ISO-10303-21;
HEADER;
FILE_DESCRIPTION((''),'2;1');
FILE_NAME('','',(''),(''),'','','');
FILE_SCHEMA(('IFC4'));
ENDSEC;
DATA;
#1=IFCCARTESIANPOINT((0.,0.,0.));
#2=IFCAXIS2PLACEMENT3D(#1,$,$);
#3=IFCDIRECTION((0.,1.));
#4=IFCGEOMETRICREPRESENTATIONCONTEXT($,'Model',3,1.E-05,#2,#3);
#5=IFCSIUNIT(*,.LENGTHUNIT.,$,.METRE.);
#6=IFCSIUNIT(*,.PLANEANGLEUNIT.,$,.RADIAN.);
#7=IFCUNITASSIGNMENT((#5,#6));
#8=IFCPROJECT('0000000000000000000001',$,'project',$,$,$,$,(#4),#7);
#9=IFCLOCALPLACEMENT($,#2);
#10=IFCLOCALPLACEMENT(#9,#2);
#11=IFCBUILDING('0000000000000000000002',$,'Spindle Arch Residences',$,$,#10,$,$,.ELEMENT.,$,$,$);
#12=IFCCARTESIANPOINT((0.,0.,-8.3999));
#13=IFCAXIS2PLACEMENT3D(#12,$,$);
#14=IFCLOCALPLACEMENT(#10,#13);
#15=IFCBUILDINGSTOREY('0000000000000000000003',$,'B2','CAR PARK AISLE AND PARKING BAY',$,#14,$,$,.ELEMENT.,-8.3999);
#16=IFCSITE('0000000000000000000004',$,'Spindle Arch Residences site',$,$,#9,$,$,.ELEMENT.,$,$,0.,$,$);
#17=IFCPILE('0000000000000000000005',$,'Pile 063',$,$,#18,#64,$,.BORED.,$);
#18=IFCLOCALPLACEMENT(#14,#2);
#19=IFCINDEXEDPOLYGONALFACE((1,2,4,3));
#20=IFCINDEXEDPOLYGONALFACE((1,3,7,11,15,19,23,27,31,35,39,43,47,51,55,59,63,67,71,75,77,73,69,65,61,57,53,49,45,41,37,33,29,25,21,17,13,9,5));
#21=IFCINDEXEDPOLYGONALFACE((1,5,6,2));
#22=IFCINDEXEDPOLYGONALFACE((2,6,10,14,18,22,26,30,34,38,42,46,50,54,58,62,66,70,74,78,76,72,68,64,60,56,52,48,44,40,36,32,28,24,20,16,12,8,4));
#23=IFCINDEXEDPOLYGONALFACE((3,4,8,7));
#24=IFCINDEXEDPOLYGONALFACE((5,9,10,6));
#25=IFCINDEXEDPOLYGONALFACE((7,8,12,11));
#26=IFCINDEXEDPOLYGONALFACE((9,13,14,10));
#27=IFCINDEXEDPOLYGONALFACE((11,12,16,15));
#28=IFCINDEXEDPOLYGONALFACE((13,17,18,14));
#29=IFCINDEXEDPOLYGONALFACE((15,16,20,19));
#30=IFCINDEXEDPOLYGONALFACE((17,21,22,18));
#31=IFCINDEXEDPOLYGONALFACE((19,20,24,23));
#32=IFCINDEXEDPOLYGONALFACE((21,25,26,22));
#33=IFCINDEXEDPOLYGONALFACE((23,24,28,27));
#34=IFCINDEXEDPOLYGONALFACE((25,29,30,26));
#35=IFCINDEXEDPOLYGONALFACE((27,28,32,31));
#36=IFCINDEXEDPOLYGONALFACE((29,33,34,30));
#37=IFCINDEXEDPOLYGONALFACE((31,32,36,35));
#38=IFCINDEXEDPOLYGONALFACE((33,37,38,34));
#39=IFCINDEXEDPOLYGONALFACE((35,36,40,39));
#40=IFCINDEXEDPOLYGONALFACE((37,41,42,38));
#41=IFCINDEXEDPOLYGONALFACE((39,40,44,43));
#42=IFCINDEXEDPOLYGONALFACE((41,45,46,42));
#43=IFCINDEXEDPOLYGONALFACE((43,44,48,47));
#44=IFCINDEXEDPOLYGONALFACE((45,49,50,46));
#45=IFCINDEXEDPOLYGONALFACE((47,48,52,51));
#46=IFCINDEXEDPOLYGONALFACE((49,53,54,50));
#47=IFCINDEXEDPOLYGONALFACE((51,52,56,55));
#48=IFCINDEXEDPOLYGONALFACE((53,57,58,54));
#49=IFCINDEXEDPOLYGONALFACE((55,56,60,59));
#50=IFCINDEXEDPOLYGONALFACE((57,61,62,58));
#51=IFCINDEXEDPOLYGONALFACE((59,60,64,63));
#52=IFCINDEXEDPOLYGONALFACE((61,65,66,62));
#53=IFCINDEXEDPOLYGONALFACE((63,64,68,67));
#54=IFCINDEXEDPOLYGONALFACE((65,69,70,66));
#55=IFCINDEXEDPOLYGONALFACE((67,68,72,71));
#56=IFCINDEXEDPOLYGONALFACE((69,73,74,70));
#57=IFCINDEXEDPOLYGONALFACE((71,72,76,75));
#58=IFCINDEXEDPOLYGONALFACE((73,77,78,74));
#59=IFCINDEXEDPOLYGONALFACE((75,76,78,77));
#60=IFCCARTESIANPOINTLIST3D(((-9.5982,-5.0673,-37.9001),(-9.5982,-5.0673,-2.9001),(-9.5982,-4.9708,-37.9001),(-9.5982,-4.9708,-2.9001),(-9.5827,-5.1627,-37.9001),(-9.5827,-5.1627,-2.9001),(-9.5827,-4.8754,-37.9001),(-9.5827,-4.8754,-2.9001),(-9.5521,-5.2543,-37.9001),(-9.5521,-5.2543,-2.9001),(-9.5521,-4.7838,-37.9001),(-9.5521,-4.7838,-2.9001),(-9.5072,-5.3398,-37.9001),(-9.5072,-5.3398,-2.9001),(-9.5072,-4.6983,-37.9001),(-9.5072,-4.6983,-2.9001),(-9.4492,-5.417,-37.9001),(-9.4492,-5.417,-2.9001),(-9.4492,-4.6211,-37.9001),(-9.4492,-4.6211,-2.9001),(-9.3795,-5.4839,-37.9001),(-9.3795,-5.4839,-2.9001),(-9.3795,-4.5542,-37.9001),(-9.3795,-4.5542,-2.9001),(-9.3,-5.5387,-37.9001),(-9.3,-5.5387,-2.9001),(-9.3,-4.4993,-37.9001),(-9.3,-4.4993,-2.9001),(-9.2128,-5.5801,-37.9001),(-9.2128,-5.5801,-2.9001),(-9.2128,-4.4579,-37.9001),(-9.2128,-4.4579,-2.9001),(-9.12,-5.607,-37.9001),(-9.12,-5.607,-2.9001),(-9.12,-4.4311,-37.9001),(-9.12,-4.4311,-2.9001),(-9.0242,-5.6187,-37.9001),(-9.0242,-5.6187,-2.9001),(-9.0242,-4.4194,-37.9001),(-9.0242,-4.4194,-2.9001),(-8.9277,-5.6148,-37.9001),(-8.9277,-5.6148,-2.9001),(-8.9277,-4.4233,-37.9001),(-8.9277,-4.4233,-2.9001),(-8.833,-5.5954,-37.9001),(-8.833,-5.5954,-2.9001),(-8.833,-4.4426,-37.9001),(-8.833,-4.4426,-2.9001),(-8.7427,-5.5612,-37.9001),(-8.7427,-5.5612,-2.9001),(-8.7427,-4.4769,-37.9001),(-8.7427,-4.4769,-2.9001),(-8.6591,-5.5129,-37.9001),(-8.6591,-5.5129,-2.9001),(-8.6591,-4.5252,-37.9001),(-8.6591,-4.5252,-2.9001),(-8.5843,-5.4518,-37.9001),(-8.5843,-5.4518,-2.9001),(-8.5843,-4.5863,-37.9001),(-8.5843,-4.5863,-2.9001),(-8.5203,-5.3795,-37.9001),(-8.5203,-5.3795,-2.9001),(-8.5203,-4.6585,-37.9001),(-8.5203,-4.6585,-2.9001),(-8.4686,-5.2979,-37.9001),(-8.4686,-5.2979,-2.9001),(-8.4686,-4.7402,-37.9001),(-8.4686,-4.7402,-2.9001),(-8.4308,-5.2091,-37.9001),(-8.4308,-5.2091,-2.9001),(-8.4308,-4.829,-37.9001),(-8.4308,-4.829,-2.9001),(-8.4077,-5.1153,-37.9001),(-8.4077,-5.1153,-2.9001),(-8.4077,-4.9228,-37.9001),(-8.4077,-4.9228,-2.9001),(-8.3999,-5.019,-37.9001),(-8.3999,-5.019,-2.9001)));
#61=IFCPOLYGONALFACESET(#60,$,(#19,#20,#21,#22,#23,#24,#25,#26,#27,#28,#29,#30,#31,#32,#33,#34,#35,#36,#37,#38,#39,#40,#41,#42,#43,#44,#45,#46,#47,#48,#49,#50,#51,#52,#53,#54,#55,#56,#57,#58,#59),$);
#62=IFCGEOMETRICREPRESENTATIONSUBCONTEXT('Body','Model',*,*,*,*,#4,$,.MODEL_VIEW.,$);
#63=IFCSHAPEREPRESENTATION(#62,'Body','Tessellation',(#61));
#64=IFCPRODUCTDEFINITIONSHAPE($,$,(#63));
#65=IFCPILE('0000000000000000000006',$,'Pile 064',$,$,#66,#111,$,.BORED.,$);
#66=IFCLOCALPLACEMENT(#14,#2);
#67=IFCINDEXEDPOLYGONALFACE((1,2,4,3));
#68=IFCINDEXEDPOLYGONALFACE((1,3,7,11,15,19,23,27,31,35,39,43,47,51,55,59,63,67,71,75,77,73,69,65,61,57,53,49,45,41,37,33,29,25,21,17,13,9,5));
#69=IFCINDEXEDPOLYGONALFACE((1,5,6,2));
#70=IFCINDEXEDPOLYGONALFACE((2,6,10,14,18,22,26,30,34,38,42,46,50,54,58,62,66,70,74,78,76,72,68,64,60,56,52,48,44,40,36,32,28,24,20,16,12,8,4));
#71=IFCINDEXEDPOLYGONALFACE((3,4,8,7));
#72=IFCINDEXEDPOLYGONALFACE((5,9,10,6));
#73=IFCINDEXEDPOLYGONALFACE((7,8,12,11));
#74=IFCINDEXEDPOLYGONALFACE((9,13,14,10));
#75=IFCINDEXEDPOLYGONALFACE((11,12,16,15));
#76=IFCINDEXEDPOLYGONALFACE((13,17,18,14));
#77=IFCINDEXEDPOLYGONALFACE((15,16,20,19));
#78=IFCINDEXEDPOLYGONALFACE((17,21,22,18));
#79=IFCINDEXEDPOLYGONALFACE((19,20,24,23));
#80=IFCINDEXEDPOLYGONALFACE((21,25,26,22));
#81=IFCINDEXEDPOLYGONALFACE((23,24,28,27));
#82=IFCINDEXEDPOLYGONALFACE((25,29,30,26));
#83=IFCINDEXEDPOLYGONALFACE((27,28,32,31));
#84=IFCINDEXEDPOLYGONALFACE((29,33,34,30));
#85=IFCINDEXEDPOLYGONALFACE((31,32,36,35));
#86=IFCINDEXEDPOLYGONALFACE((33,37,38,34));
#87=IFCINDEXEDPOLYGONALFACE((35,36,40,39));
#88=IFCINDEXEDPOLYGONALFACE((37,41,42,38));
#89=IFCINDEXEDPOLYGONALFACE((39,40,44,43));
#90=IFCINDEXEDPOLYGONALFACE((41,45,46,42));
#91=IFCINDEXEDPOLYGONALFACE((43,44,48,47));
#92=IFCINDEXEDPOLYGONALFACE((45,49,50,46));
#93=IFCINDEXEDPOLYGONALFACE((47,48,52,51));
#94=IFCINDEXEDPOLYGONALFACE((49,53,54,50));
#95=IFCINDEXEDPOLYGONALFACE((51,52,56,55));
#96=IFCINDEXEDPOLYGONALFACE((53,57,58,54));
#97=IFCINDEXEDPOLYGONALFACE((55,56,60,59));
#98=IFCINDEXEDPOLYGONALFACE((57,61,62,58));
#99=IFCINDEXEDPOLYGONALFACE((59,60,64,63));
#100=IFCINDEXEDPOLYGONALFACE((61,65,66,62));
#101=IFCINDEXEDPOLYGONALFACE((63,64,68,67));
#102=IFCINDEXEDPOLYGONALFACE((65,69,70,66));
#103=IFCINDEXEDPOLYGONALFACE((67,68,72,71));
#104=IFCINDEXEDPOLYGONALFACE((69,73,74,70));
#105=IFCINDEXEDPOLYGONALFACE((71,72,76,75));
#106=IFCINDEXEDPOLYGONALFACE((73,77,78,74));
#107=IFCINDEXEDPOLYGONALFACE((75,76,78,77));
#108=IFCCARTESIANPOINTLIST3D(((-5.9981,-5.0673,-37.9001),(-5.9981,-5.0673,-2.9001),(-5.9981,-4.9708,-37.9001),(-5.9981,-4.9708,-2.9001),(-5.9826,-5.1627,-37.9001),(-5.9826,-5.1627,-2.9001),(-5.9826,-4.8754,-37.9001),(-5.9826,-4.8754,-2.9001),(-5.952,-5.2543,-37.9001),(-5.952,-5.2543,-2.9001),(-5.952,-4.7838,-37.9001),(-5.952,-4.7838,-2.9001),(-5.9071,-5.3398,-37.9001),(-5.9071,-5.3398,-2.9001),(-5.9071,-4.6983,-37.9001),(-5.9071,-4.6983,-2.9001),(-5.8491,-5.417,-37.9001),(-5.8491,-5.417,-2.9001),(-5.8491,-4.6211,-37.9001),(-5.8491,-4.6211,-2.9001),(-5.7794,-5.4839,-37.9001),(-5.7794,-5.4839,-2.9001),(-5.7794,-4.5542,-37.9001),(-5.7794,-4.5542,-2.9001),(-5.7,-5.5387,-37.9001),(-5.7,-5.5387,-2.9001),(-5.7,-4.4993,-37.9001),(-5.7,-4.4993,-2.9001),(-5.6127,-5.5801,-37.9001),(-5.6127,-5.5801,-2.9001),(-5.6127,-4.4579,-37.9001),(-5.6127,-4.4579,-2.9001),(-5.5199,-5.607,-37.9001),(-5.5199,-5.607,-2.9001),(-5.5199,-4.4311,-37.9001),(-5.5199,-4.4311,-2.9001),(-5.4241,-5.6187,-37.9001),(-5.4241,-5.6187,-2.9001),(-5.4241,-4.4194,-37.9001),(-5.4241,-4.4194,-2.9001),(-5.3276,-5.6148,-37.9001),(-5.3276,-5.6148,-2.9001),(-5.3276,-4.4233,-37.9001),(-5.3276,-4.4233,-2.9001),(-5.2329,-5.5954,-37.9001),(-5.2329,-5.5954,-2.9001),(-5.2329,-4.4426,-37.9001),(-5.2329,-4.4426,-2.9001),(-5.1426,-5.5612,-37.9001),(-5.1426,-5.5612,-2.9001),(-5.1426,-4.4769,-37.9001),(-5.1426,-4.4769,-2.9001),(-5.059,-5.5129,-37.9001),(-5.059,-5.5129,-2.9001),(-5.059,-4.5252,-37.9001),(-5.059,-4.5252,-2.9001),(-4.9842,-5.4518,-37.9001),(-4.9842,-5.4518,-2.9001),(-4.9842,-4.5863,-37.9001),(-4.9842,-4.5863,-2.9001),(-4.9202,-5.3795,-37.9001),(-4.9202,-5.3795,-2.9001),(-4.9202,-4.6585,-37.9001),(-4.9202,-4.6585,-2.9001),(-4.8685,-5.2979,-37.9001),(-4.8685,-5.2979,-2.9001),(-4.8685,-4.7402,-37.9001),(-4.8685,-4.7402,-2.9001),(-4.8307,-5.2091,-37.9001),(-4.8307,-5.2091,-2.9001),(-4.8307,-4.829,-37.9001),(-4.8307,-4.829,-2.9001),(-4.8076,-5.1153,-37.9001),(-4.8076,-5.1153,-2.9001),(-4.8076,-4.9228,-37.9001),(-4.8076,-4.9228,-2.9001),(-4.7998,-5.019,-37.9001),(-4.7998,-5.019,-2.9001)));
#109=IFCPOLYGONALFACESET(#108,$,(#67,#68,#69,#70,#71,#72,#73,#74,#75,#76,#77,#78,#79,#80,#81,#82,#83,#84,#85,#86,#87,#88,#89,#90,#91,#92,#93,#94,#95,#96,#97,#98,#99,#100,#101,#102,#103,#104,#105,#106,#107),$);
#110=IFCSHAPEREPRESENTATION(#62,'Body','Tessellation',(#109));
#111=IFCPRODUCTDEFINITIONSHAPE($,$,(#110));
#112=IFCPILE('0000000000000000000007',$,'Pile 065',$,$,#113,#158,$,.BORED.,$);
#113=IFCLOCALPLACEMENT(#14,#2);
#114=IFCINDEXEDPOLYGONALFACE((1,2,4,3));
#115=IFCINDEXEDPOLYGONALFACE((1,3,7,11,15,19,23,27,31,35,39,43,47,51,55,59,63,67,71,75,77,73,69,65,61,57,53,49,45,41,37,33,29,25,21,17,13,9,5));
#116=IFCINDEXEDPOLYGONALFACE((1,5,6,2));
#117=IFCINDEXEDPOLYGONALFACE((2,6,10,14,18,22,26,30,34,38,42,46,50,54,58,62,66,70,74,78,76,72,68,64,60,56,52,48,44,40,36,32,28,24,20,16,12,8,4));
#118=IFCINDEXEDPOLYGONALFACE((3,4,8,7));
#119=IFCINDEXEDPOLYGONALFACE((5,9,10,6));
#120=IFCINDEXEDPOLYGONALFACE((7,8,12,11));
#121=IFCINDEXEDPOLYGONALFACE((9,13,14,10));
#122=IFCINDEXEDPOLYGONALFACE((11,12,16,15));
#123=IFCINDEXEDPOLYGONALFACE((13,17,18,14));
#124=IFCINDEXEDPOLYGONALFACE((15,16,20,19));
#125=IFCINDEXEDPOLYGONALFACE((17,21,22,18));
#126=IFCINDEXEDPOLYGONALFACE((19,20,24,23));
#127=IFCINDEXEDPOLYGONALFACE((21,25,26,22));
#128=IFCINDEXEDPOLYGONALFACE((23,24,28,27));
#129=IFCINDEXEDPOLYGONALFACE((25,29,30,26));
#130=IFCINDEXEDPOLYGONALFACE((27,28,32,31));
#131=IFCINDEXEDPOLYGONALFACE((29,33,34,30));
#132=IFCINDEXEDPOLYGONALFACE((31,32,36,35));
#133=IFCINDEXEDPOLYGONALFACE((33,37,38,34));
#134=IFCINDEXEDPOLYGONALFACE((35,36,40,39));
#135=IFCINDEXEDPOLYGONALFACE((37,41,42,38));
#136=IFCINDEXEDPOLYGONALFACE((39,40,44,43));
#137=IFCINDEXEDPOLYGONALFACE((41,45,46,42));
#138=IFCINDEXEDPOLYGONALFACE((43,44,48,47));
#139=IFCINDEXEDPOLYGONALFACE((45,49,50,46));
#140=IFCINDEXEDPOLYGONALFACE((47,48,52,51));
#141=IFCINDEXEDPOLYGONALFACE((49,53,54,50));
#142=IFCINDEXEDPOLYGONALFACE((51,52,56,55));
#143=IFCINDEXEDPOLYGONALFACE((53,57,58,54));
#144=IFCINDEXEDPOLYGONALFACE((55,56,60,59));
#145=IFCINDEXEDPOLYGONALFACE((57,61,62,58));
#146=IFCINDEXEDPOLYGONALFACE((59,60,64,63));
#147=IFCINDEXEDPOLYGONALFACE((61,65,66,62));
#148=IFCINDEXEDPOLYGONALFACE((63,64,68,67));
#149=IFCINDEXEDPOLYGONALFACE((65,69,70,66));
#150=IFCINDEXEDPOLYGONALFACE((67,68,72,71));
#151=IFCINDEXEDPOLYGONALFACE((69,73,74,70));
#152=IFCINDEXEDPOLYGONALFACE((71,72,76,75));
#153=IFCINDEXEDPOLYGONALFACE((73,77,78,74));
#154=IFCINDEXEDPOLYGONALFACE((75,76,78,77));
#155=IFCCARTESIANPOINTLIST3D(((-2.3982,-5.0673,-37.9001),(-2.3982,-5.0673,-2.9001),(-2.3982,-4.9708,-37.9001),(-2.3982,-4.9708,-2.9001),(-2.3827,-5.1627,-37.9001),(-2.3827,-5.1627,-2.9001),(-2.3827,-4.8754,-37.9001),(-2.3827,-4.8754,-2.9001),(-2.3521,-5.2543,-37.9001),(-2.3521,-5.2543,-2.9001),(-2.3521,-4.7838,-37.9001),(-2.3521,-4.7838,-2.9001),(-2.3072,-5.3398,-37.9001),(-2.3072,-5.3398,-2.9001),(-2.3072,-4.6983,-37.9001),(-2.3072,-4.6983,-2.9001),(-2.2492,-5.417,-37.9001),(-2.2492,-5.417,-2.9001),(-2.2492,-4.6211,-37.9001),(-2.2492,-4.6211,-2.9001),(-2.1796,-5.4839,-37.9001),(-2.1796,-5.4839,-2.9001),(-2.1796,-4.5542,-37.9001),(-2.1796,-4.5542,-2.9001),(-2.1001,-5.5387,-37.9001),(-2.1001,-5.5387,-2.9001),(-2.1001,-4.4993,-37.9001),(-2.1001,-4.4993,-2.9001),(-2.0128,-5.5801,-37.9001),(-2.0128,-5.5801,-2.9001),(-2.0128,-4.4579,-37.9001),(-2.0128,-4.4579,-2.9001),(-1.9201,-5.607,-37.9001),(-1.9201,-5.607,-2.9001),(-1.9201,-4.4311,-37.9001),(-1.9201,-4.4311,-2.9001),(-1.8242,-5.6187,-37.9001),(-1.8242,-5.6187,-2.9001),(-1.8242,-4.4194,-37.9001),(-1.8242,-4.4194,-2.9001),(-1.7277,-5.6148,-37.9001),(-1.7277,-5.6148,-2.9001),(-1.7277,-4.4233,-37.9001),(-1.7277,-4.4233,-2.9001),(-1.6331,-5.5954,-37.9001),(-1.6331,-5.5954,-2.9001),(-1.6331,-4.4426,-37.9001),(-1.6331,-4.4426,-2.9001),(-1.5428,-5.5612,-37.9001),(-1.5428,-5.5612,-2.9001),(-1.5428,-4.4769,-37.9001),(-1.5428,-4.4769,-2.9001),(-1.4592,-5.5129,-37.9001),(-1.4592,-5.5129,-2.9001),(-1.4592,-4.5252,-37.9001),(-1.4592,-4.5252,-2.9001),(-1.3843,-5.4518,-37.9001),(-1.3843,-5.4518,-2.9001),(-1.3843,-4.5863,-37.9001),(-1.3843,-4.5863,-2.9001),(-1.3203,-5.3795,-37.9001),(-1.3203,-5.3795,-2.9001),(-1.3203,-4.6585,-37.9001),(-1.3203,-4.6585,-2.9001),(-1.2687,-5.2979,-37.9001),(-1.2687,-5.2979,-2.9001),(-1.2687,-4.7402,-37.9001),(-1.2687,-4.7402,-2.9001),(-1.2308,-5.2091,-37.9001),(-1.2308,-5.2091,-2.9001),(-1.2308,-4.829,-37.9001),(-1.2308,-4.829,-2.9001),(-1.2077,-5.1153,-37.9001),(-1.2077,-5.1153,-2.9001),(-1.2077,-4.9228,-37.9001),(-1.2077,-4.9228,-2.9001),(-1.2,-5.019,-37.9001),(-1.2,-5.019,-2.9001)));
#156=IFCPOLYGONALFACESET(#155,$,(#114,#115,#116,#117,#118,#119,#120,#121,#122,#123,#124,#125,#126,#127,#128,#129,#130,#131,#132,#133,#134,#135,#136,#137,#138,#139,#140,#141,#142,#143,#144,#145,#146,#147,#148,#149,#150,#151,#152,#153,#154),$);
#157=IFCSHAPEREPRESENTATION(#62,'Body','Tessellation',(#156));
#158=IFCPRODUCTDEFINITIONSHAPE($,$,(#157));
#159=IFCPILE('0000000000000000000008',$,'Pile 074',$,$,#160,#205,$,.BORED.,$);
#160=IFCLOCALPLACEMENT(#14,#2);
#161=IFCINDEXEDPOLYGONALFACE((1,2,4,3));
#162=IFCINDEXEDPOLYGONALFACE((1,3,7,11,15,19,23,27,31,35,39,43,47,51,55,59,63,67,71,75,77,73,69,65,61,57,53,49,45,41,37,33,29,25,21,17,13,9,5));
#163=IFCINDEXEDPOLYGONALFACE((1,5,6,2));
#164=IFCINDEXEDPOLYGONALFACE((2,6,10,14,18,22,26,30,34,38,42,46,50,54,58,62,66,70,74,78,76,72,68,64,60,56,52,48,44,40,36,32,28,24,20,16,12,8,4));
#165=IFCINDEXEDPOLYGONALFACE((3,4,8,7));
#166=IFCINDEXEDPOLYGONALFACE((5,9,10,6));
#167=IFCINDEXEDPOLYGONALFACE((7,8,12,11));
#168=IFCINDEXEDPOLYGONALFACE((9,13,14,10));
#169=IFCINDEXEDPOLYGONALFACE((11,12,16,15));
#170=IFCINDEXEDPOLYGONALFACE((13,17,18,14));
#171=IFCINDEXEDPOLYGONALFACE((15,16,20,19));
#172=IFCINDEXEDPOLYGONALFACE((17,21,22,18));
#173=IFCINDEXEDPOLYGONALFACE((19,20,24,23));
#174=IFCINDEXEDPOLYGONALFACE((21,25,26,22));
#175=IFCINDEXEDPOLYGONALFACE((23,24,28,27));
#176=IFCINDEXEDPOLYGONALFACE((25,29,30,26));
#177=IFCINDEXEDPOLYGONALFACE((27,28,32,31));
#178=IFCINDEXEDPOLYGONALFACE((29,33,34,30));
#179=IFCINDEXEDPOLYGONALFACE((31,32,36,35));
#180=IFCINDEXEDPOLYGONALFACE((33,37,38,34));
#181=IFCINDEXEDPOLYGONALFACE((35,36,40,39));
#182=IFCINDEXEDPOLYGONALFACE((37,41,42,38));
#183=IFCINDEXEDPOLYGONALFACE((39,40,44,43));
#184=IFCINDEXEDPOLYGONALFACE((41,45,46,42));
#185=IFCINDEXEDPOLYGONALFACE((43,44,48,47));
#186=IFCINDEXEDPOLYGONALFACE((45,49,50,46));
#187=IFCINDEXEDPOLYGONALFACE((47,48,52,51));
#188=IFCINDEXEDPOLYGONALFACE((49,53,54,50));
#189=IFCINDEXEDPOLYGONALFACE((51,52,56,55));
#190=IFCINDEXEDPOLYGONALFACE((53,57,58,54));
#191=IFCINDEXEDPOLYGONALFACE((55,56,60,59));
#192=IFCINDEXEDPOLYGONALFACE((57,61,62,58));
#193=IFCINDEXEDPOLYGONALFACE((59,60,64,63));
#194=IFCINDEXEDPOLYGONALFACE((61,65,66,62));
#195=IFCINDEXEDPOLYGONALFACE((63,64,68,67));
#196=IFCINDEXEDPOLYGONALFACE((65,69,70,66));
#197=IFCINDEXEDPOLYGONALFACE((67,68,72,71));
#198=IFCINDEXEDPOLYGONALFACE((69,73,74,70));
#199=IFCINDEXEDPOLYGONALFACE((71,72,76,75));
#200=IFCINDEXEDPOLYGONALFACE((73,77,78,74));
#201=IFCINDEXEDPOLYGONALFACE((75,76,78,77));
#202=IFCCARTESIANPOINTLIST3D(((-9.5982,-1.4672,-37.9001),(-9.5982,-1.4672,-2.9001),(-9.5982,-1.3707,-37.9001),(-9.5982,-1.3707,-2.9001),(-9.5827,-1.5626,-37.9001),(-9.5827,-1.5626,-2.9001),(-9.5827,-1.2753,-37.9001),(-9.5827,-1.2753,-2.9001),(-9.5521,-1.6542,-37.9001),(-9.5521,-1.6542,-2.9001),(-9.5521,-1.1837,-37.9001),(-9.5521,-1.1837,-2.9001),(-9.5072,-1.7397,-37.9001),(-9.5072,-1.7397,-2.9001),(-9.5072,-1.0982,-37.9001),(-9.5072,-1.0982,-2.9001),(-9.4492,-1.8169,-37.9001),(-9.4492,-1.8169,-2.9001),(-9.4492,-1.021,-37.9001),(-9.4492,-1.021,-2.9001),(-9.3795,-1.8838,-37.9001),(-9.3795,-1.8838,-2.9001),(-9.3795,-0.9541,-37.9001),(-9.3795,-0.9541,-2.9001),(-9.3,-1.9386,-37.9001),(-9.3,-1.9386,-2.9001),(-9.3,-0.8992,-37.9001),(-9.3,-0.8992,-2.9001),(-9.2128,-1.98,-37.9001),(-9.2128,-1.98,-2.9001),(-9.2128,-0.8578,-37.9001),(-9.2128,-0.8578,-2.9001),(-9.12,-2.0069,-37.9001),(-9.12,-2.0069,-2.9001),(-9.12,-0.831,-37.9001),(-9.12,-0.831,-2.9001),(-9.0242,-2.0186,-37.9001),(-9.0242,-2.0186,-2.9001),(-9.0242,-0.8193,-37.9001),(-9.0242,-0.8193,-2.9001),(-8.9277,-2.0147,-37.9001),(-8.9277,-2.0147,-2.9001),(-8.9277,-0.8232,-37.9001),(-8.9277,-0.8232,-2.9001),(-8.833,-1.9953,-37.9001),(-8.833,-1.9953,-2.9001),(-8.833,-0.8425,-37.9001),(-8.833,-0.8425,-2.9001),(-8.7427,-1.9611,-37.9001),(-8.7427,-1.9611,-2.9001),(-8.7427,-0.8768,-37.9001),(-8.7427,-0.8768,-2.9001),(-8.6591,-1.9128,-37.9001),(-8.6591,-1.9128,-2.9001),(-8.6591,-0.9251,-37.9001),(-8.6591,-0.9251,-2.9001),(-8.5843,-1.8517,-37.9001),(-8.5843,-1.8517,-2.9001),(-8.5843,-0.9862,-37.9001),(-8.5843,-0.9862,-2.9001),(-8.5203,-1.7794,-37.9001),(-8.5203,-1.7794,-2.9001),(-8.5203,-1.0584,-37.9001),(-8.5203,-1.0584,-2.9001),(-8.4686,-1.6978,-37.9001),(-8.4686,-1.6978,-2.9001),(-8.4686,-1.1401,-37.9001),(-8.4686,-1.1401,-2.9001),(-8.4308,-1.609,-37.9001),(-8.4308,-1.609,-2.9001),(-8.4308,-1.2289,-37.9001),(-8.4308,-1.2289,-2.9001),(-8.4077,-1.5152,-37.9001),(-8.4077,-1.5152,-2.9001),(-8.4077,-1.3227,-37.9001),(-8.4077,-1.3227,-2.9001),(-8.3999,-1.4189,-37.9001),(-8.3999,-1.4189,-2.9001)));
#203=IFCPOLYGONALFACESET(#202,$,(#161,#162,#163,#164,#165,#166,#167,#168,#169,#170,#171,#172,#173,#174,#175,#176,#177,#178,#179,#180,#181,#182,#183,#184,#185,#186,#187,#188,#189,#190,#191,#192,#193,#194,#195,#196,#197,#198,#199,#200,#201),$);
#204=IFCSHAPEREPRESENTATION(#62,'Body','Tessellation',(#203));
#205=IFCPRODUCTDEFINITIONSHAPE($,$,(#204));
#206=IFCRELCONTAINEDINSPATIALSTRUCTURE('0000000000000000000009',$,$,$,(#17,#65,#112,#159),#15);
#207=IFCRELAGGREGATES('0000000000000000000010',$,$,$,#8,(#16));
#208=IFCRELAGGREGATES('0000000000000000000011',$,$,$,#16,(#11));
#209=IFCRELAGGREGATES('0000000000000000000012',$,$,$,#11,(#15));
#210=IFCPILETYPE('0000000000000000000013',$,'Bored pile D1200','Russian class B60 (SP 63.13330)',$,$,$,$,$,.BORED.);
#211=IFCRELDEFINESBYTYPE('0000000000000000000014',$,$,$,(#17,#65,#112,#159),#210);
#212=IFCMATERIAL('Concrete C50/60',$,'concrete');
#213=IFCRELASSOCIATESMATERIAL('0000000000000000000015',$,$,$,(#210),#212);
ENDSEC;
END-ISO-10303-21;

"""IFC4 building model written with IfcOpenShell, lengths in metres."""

from ifc_helpers import new_model, si_unit, direction, frame, origin, origin_2d, place, context, subcontext, project, spatial, circle, extrude, material, material_profile, profile_set, type_object, element, save


model = new_model("IFC4")

# Units and contexts
model_context = context("Model", 3, precision=1e-05, world=origin(), true_north=direction((0.0, 1.0)))
body_context = subcontext(model_context, "Body", "Model", "MODEL_VIEW")
ifc_project = project(units=[si_unit("LENGTHUNIT", "METRE"), si_unit("PLANEANGLEUNIT", "RADIAN")], contexts=[model_context])

# Site, building, storey
site_placement = place(None, origin())
site = spatial("IfcSite", under=ifc_project, at=site_placement, Name="Spindle Arch Residences site", CompositionType="ELEMENT", RefElevation=0.0)
building_placement = place(site_placement, origin())
building = spatial("IfcBuilding", under=site, at=building_placement, Name="Spindle Arch Residences", CompositionType="ELEMENT")
storey_placement = place(building_placement, frame((0.0, 0.0, -8.3999)))
storey = spatial("IfcBuildingStorey", under=building, at=storey_placement, Name="B2", Description="CAR PARK AISLE AND PARKING BAY", CompositionType="ELEMENT", Elevation=-8.3999)

# Piles
ifc_material_1 = material(Name="Concrete C50/60", Category="concrete")
ifc_material_profile = material_profile(ifc_material_1, circle(Radius=0.6001, at=origin_2d()), Name="BP D1200")
ifc_profile_set = profile_set([ifc_material_profile], Name="Concrete C50/60")
pile_type = type_object("IfcPileType", Name="Bored pile D1200", Description="Russian class B60 (SP 63.13330)", PredefinedType="BORED", material=ifc_profile_set)
for number, where, z_axis, x_axis, name in (
    (1, (-9.0, -5.019, -2.9001), (0.0, 0.0, -1.0), (1.0, 0.0, 0.0), "Pile 063"),
    (2, (-5.3999, -5.019, -2.9001), (0.0, 0.0, -1.0), (1.0, 0.0, 0.0), "Pile 064"),
    (3, (-1.8, -5.019, -2.9001), (0.0, 0.0, -1.0), (1.0, 0.0, 0.0), "Pile 065"),
    (4, (-9.0, -1.4189, -2.9001), (0.0, 0.0, -1.0), (1.0, 0.0, 0.0), "Pile 074"),
):
    element("IfcPile", number, at=place(storey_placement, frame(where, z_axis=z_axis, x_axis=x_axis)), inside=storey, type_object=pile_type, Name=name, PredefinedType="BORED", context=body_context, shape_type="SweptSolid", body=[
        extrude(circle(Radius=0.6001, at=origin_2d()), origin(), (0.0, 0.0, 1.0), 35.0),
    ])

save(model, "model.ifc")
